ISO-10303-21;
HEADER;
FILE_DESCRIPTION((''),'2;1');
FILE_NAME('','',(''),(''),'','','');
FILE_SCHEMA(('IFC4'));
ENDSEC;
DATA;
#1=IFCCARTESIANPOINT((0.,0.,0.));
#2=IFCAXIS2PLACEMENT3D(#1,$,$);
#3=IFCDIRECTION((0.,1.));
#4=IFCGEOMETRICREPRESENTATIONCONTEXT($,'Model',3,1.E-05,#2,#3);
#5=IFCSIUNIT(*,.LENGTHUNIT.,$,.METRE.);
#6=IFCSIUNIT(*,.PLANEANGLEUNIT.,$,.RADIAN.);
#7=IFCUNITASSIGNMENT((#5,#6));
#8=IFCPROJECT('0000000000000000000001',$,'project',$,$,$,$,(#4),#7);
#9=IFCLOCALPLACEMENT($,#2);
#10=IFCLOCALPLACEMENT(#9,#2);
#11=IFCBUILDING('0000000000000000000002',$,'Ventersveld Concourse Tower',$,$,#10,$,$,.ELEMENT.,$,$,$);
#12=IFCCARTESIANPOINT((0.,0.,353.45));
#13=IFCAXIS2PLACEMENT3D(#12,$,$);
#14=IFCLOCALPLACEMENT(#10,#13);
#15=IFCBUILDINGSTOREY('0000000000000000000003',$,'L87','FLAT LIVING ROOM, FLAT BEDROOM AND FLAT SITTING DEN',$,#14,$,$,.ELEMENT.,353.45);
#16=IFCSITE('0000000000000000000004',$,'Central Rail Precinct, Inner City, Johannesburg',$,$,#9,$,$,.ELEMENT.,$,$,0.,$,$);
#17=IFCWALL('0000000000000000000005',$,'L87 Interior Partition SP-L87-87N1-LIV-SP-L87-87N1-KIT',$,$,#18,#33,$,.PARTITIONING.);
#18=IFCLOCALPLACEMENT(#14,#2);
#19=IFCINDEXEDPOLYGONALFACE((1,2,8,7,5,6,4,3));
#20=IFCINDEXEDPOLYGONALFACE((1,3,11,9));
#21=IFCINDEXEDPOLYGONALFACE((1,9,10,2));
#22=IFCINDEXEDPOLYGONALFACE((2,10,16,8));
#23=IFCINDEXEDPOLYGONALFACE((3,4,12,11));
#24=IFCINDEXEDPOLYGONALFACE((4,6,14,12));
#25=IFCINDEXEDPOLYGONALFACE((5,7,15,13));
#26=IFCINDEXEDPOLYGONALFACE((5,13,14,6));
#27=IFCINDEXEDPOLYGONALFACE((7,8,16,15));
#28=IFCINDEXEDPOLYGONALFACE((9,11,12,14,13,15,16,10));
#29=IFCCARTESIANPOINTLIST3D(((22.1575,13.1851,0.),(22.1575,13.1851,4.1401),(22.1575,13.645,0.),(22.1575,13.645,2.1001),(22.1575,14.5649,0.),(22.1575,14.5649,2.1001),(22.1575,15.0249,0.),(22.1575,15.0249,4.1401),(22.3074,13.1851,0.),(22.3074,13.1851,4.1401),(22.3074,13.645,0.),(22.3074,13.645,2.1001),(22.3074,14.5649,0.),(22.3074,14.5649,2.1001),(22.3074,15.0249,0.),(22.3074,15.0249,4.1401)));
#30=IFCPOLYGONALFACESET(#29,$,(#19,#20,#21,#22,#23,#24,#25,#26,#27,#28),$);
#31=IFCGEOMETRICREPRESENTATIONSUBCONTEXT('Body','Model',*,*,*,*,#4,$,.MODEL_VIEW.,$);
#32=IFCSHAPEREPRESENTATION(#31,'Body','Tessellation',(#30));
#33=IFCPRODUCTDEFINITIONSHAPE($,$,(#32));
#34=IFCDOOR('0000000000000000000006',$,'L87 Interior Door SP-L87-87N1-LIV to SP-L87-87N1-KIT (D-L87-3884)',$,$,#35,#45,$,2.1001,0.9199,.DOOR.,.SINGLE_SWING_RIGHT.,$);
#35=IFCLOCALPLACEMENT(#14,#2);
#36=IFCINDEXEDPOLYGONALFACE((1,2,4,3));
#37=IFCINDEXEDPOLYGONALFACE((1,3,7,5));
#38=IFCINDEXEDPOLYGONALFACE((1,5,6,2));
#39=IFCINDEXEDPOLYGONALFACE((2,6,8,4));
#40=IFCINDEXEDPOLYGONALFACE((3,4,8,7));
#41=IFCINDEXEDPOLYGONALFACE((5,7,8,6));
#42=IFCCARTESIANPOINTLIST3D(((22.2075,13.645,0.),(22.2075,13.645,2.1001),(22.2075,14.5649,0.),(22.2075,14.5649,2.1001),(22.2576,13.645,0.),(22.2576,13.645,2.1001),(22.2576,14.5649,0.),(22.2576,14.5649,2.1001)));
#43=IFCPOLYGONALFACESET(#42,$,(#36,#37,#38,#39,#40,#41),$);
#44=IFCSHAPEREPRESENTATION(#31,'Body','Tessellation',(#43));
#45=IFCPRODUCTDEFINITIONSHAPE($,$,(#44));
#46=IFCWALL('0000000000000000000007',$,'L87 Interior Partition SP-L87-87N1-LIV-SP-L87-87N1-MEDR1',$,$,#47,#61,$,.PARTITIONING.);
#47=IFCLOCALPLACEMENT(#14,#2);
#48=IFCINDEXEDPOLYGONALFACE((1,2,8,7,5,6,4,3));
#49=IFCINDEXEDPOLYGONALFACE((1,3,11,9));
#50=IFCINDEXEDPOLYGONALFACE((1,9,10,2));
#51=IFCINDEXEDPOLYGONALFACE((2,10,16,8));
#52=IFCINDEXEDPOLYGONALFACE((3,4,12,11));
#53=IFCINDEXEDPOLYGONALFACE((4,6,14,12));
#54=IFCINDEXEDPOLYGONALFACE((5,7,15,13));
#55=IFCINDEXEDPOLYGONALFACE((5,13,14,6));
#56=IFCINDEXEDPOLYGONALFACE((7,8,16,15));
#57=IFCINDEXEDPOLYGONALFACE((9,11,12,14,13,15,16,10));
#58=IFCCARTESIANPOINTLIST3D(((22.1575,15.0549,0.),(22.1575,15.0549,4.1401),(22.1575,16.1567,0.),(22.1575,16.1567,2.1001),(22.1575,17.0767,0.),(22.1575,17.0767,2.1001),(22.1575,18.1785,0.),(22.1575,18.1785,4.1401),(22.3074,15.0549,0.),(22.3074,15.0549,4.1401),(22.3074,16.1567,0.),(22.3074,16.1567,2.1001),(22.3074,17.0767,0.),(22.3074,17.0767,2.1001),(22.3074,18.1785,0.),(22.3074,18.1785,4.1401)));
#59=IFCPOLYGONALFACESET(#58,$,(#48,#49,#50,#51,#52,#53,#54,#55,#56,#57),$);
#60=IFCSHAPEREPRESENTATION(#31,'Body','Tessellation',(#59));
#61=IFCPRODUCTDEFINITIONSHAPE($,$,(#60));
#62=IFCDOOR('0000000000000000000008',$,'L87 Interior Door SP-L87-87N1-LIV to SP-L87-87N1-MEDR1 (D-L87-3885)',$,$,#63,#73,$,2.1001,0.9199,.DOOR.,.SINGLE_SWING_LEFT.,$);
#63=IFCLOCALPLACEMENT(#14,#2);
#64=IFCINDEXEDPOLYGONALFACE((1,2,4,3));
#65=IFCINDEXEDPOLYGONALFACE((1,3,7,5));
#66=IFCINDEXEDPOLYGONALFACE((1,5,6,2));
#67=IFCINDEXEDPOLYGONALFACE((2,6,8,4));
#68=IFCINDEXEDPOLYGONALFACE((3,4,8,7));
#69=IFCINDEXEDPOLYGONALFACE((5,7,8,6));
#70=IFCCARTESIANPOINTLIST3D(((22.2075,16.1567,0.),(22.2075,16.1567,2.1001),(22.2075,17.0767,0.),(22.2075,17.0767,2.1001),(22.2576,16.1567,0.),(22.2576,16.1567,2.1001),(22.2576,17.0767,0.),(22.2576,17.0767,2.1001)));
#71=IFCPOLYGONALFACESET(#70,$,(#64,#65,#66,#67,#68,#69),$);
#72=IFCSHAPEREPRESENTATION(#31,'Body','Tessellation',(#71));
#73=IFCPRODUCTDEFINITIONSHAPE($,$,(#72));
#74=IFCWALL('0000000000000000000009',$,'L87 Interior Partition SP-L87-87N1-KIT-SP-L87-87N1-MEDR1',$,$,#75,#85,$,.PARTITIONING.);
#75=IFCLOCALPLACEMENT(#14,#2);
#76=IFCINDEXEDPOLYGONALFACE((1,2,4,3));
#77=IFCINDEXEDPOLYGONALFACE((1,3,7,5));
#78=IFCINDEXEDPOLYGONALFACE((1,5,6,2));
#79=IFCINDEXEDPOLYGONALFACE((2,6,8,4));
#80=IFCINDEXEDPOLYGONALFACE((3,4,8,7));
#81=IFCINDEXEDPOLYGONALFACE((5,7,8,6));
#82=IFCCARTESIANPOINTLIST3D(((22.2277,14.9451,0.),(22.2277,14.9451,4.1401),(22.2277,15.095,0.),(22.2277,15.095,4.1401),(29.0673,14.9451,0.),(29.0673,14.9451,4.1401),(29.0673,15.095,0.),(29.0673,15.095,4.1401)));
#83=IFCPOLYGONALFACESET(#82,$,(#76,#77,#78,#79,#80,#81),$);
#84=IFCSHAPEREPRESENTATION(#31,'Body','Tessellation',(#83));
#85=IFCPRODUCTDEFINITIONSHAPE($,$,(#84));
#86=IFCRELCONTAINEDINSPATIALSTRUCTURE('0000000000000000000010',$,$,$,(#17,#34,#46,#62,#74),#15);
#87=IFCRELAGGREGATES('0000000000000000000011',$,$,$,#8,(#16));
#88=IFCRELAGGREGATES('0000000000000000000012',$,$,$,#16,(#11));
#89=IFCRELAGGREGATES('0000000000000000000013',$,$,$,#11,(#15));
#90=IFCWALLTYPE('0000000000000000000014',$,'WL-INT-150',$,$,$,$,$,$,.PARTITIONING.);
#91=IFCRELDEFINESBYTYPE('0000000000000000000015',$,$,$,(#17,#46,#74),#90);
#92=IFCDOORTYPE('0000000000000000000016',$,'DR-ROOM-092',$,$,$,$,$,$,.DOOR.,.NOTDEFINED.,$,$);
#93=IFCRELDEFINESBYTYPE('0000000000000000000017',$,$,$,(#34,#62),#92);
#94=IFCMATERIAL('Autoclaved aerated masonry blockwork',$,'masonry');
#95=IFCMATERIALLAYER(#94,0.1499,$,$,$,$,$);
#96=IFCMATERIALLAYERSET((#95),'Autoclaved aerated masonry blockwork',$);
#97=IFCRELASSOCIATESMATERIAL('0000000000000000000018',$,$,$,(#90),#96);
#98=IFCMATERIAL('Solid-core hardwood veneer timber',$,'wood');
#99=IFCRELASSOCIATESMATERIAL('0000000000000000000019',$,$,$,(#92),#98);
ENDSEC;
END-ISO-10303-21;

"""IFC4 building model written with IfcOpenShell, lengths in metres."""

from ifc_helpers import new_model, si_unit, direction, frame, frame_2d, origin, place, context, subcontext, project, spatial, rectangle, extrude, material, layer, layer_set, type_object, element, fill, save


model = new_model("IFC4")

# Units and contexts
model_context = context("Model", 3, precision=1e-05, world=origin(), true_north=direction((0.0, 1.0)))
body_context = subcontext(model_context, "Body", "Model", "MODEL_VIEW")
ifc_project = project(units=[si_unit("LENGTHUNIT", "METRE"), si_unit("PLANEANGLEUNIT", "RADIAN")], contexts=[model_context])

# Site, building, storey
site_placement = place(None, origin())
site = spatial("IfcSite", under=ifc_project, at=site_placement, Name="Central Rail Precinct, Inner City, Johannesburg", CompositionType="ELEMENT", RefElevation=0.0)
building_placement = place(site_placement, origin())
building = spatial("IfcBuilding", under=site, at=building_placement, Name="Ventersveld Concourse Tower", CompositionType="ELEMENT")
storey_placement = place(building_placement, frame((0.0, 0.0, 353.45)))
storey = spatial("IfcBuildingStorey", under=building, at=storey_placement, Name="L87", Description="FLAT LIVING ROOM, FLAT BEDROOM AND FLAT SITTING DEN", CompositionType="ELEMENT", Elevation=353.45)

# Walls, openings, doors
ifc_material_1 = material(Name="Autoclaved aerated masonry blockwork", Category="masonry")
ifc_layer_1 = layer(ifc_material_1, 0.1499)
ifc_layer_set_1 = layer_set([ifc_layer_1], Name="Autoclaved aerated masonry blockwork")
wall_type_1 = type_object("IfcWallType", Name="WL-INT-150", PredefinedType="PARTITIONING", material=ifc_layer_set_1)
ifc_material_2 = material(Name="Solid-core hardwood veneer timber", Category="wood")
door_type_1 = type_object("IfcDoorType", Name="DR-ROOM-092", OperationType="NOTDEFINED", PredefinedType="DOOR", material=ifc_material_2)
wall_1_placement = place(storey_placement, frame((22.2324, 13.1851, 0.0), z_axis=(0.0, 0.0, 1.0), x_axis=(0.0, 1.0, 0.0)))
wall_1 = element("IfcWall", 1, at=wall_1_placement, inside=storey, type_object=wall_type_1, Name="L87 Interior Partition SP-L87-87N1-LIV-SP-L87-87N1-KIT", PredefinedType="PARTITIONING", context=body_context, shape_type="SweptSolid", body=[
    extrude(rectangle(XDim=1.8398, YDim=0.1499, at=frame_2d((0.9199, 0.0))), origin(), (0.0, 0.0, 1.0), 4.1401),
])
opening_1_placement = place(wall_1_placement, frame((0.46, 0.0, 0.0)))
opening_1 = element("IfcOpeningElement", 2, at=opening_1_placement, cuts=wall_1, PredefinedType="OPENING", context=body_context, shape_type="SweptSolid", body=[
    extrude(rectangle(XDim=0.9199, YDim=2.1001, at=frame_2d((0.46, 1.05))), frame((0.0, 0.085, 0.0), z_axis=(0.0, -1.0, 0.0), x_axis=(1.0, 0.0, 0.0)), (0.0, 0.0, 1.0), 0.1699),
])
door_1_placement = place(opening_1_placement, origin())
door_1 = element("IfcDoor", 3, at=door_1_placement, inside=storey, type_object=door_type_1, Name="L87 Interior Door SP-L87-87N1-LIV to SP-L87-87N1-KIT (D-L87-3884)", OperationType="SINGLE_SWING_RIGHT", OverallHeight=2.1001, OverallWidth=0.9199, PredefinedType="DOOR", context=body_context, shape_type="SweptSolid", body=[
    extrude(rectangle(XDim=0.9199, YDim=2.1001, at=frame_2d((0.46, 1.05))), frame((0.0, 0.0249, 0.0), z_axis=(0.0, -1.0, 0.0), x_axis=(1.0, 0.0, 0.0)), (0.0, 0.0, 1.0), 0.05),
])
fill(opening_1, door_1)
wall_2_placement = place(storey_placement, frame((22.2324, 15.0549, 0.0), z_axis=(0.0, 0.0, 1.0), x_axis=(0.0, 1.0, 0.0)))
wall_2 = element("IfcWall", 4, at=wall_2_placement, inside=storey, type_object=wall_type_1, Name="L87 Interior Partition SP-L87-87N1-LIV-SP-L87-87N1-MEDR1", PredefinedType="PARTITIONING", context=body_context, shape_type="SweptSolid", body=[
    extrude(rectangle(XDim=3.1235, YDim=0.1499, at=frame_2d((1.5618, 0.0))), origin(), (0.0, 0.0, 1.0), 4.1401),
])
opening_2_placement = place(wall_2_placement, frame((1.1018, 0.0, 0.0)))
opening_2 = element("IfcOpeningElement", 5, at=opening_2_placement, cuts=wall_2, PredefinedType="OPENING", context=body_context, shape_type="SweptSolid", body=[
    extrude(rectangle(XDim=0.9199, YDim=2.1001, at=frame_2d((0.46, 1.05))), frame((0.0, 0.085, 0.0), z_axis=(0.0, -1.0, 0.0), x_axis=(1.0, 0.0, 0.0)), (0.0, 0.0, 1.0), 0.1699),
])
door_2_placement = place(opening_2_placement, origin())
door_2 = element("IfcDoor", 6, at=door_2_placement, inside=storey, type_object=door_type_1, Name="L87 Interior Door SP-L87-87N1-LIV to SP-L87-87N1-MEDR1 (D-L87-3885)", OperationType="SINGLE_SWING_LEFT", OverallHeight=2.1001, OverallWidth=0.9199, PredefinedType="DOOR", context=body_context, shape_type="SweptSolid", body=[
    extrude(rectangle(XDim=0.9199, YDim=2.1001, at=frame_2d((0.46, 1.05))), frame((0.0, 0.0249, 0.0), z_axis=(0.0, -1.0, 0.0), x_axis=(1.0, 0.0, 0.0)), (0.0, 0.0, 1.0), 0.05),
])
fill(opening_2, door_2)

# Wall
wall_3_placement = place(storey_placement, frame((22.2275, 15.02, 0.0), z_axis=(0.0, 0.0, 1.0), x_axis=(1.0, 0.0, 0.0)))
element("IfcWall", 7, at=wall_3_placement, inside=storey, type_object=wall_type_1, Name="L87 Interior Partition SP-L87-87N1-KIT-SP-L87-87N1-MEDR1", PredefinedType="PARTITIONING", context=body_context, shape_type="SweptSolid", body=[
    extrude(rectangle(XDim=6.8396, YDim=0.1499, at=frame_2d((3.4199, 0.0))), origin(), (0.0, 0.0, 1.0), 4.1401),
])

save(model, "model.ifc")
